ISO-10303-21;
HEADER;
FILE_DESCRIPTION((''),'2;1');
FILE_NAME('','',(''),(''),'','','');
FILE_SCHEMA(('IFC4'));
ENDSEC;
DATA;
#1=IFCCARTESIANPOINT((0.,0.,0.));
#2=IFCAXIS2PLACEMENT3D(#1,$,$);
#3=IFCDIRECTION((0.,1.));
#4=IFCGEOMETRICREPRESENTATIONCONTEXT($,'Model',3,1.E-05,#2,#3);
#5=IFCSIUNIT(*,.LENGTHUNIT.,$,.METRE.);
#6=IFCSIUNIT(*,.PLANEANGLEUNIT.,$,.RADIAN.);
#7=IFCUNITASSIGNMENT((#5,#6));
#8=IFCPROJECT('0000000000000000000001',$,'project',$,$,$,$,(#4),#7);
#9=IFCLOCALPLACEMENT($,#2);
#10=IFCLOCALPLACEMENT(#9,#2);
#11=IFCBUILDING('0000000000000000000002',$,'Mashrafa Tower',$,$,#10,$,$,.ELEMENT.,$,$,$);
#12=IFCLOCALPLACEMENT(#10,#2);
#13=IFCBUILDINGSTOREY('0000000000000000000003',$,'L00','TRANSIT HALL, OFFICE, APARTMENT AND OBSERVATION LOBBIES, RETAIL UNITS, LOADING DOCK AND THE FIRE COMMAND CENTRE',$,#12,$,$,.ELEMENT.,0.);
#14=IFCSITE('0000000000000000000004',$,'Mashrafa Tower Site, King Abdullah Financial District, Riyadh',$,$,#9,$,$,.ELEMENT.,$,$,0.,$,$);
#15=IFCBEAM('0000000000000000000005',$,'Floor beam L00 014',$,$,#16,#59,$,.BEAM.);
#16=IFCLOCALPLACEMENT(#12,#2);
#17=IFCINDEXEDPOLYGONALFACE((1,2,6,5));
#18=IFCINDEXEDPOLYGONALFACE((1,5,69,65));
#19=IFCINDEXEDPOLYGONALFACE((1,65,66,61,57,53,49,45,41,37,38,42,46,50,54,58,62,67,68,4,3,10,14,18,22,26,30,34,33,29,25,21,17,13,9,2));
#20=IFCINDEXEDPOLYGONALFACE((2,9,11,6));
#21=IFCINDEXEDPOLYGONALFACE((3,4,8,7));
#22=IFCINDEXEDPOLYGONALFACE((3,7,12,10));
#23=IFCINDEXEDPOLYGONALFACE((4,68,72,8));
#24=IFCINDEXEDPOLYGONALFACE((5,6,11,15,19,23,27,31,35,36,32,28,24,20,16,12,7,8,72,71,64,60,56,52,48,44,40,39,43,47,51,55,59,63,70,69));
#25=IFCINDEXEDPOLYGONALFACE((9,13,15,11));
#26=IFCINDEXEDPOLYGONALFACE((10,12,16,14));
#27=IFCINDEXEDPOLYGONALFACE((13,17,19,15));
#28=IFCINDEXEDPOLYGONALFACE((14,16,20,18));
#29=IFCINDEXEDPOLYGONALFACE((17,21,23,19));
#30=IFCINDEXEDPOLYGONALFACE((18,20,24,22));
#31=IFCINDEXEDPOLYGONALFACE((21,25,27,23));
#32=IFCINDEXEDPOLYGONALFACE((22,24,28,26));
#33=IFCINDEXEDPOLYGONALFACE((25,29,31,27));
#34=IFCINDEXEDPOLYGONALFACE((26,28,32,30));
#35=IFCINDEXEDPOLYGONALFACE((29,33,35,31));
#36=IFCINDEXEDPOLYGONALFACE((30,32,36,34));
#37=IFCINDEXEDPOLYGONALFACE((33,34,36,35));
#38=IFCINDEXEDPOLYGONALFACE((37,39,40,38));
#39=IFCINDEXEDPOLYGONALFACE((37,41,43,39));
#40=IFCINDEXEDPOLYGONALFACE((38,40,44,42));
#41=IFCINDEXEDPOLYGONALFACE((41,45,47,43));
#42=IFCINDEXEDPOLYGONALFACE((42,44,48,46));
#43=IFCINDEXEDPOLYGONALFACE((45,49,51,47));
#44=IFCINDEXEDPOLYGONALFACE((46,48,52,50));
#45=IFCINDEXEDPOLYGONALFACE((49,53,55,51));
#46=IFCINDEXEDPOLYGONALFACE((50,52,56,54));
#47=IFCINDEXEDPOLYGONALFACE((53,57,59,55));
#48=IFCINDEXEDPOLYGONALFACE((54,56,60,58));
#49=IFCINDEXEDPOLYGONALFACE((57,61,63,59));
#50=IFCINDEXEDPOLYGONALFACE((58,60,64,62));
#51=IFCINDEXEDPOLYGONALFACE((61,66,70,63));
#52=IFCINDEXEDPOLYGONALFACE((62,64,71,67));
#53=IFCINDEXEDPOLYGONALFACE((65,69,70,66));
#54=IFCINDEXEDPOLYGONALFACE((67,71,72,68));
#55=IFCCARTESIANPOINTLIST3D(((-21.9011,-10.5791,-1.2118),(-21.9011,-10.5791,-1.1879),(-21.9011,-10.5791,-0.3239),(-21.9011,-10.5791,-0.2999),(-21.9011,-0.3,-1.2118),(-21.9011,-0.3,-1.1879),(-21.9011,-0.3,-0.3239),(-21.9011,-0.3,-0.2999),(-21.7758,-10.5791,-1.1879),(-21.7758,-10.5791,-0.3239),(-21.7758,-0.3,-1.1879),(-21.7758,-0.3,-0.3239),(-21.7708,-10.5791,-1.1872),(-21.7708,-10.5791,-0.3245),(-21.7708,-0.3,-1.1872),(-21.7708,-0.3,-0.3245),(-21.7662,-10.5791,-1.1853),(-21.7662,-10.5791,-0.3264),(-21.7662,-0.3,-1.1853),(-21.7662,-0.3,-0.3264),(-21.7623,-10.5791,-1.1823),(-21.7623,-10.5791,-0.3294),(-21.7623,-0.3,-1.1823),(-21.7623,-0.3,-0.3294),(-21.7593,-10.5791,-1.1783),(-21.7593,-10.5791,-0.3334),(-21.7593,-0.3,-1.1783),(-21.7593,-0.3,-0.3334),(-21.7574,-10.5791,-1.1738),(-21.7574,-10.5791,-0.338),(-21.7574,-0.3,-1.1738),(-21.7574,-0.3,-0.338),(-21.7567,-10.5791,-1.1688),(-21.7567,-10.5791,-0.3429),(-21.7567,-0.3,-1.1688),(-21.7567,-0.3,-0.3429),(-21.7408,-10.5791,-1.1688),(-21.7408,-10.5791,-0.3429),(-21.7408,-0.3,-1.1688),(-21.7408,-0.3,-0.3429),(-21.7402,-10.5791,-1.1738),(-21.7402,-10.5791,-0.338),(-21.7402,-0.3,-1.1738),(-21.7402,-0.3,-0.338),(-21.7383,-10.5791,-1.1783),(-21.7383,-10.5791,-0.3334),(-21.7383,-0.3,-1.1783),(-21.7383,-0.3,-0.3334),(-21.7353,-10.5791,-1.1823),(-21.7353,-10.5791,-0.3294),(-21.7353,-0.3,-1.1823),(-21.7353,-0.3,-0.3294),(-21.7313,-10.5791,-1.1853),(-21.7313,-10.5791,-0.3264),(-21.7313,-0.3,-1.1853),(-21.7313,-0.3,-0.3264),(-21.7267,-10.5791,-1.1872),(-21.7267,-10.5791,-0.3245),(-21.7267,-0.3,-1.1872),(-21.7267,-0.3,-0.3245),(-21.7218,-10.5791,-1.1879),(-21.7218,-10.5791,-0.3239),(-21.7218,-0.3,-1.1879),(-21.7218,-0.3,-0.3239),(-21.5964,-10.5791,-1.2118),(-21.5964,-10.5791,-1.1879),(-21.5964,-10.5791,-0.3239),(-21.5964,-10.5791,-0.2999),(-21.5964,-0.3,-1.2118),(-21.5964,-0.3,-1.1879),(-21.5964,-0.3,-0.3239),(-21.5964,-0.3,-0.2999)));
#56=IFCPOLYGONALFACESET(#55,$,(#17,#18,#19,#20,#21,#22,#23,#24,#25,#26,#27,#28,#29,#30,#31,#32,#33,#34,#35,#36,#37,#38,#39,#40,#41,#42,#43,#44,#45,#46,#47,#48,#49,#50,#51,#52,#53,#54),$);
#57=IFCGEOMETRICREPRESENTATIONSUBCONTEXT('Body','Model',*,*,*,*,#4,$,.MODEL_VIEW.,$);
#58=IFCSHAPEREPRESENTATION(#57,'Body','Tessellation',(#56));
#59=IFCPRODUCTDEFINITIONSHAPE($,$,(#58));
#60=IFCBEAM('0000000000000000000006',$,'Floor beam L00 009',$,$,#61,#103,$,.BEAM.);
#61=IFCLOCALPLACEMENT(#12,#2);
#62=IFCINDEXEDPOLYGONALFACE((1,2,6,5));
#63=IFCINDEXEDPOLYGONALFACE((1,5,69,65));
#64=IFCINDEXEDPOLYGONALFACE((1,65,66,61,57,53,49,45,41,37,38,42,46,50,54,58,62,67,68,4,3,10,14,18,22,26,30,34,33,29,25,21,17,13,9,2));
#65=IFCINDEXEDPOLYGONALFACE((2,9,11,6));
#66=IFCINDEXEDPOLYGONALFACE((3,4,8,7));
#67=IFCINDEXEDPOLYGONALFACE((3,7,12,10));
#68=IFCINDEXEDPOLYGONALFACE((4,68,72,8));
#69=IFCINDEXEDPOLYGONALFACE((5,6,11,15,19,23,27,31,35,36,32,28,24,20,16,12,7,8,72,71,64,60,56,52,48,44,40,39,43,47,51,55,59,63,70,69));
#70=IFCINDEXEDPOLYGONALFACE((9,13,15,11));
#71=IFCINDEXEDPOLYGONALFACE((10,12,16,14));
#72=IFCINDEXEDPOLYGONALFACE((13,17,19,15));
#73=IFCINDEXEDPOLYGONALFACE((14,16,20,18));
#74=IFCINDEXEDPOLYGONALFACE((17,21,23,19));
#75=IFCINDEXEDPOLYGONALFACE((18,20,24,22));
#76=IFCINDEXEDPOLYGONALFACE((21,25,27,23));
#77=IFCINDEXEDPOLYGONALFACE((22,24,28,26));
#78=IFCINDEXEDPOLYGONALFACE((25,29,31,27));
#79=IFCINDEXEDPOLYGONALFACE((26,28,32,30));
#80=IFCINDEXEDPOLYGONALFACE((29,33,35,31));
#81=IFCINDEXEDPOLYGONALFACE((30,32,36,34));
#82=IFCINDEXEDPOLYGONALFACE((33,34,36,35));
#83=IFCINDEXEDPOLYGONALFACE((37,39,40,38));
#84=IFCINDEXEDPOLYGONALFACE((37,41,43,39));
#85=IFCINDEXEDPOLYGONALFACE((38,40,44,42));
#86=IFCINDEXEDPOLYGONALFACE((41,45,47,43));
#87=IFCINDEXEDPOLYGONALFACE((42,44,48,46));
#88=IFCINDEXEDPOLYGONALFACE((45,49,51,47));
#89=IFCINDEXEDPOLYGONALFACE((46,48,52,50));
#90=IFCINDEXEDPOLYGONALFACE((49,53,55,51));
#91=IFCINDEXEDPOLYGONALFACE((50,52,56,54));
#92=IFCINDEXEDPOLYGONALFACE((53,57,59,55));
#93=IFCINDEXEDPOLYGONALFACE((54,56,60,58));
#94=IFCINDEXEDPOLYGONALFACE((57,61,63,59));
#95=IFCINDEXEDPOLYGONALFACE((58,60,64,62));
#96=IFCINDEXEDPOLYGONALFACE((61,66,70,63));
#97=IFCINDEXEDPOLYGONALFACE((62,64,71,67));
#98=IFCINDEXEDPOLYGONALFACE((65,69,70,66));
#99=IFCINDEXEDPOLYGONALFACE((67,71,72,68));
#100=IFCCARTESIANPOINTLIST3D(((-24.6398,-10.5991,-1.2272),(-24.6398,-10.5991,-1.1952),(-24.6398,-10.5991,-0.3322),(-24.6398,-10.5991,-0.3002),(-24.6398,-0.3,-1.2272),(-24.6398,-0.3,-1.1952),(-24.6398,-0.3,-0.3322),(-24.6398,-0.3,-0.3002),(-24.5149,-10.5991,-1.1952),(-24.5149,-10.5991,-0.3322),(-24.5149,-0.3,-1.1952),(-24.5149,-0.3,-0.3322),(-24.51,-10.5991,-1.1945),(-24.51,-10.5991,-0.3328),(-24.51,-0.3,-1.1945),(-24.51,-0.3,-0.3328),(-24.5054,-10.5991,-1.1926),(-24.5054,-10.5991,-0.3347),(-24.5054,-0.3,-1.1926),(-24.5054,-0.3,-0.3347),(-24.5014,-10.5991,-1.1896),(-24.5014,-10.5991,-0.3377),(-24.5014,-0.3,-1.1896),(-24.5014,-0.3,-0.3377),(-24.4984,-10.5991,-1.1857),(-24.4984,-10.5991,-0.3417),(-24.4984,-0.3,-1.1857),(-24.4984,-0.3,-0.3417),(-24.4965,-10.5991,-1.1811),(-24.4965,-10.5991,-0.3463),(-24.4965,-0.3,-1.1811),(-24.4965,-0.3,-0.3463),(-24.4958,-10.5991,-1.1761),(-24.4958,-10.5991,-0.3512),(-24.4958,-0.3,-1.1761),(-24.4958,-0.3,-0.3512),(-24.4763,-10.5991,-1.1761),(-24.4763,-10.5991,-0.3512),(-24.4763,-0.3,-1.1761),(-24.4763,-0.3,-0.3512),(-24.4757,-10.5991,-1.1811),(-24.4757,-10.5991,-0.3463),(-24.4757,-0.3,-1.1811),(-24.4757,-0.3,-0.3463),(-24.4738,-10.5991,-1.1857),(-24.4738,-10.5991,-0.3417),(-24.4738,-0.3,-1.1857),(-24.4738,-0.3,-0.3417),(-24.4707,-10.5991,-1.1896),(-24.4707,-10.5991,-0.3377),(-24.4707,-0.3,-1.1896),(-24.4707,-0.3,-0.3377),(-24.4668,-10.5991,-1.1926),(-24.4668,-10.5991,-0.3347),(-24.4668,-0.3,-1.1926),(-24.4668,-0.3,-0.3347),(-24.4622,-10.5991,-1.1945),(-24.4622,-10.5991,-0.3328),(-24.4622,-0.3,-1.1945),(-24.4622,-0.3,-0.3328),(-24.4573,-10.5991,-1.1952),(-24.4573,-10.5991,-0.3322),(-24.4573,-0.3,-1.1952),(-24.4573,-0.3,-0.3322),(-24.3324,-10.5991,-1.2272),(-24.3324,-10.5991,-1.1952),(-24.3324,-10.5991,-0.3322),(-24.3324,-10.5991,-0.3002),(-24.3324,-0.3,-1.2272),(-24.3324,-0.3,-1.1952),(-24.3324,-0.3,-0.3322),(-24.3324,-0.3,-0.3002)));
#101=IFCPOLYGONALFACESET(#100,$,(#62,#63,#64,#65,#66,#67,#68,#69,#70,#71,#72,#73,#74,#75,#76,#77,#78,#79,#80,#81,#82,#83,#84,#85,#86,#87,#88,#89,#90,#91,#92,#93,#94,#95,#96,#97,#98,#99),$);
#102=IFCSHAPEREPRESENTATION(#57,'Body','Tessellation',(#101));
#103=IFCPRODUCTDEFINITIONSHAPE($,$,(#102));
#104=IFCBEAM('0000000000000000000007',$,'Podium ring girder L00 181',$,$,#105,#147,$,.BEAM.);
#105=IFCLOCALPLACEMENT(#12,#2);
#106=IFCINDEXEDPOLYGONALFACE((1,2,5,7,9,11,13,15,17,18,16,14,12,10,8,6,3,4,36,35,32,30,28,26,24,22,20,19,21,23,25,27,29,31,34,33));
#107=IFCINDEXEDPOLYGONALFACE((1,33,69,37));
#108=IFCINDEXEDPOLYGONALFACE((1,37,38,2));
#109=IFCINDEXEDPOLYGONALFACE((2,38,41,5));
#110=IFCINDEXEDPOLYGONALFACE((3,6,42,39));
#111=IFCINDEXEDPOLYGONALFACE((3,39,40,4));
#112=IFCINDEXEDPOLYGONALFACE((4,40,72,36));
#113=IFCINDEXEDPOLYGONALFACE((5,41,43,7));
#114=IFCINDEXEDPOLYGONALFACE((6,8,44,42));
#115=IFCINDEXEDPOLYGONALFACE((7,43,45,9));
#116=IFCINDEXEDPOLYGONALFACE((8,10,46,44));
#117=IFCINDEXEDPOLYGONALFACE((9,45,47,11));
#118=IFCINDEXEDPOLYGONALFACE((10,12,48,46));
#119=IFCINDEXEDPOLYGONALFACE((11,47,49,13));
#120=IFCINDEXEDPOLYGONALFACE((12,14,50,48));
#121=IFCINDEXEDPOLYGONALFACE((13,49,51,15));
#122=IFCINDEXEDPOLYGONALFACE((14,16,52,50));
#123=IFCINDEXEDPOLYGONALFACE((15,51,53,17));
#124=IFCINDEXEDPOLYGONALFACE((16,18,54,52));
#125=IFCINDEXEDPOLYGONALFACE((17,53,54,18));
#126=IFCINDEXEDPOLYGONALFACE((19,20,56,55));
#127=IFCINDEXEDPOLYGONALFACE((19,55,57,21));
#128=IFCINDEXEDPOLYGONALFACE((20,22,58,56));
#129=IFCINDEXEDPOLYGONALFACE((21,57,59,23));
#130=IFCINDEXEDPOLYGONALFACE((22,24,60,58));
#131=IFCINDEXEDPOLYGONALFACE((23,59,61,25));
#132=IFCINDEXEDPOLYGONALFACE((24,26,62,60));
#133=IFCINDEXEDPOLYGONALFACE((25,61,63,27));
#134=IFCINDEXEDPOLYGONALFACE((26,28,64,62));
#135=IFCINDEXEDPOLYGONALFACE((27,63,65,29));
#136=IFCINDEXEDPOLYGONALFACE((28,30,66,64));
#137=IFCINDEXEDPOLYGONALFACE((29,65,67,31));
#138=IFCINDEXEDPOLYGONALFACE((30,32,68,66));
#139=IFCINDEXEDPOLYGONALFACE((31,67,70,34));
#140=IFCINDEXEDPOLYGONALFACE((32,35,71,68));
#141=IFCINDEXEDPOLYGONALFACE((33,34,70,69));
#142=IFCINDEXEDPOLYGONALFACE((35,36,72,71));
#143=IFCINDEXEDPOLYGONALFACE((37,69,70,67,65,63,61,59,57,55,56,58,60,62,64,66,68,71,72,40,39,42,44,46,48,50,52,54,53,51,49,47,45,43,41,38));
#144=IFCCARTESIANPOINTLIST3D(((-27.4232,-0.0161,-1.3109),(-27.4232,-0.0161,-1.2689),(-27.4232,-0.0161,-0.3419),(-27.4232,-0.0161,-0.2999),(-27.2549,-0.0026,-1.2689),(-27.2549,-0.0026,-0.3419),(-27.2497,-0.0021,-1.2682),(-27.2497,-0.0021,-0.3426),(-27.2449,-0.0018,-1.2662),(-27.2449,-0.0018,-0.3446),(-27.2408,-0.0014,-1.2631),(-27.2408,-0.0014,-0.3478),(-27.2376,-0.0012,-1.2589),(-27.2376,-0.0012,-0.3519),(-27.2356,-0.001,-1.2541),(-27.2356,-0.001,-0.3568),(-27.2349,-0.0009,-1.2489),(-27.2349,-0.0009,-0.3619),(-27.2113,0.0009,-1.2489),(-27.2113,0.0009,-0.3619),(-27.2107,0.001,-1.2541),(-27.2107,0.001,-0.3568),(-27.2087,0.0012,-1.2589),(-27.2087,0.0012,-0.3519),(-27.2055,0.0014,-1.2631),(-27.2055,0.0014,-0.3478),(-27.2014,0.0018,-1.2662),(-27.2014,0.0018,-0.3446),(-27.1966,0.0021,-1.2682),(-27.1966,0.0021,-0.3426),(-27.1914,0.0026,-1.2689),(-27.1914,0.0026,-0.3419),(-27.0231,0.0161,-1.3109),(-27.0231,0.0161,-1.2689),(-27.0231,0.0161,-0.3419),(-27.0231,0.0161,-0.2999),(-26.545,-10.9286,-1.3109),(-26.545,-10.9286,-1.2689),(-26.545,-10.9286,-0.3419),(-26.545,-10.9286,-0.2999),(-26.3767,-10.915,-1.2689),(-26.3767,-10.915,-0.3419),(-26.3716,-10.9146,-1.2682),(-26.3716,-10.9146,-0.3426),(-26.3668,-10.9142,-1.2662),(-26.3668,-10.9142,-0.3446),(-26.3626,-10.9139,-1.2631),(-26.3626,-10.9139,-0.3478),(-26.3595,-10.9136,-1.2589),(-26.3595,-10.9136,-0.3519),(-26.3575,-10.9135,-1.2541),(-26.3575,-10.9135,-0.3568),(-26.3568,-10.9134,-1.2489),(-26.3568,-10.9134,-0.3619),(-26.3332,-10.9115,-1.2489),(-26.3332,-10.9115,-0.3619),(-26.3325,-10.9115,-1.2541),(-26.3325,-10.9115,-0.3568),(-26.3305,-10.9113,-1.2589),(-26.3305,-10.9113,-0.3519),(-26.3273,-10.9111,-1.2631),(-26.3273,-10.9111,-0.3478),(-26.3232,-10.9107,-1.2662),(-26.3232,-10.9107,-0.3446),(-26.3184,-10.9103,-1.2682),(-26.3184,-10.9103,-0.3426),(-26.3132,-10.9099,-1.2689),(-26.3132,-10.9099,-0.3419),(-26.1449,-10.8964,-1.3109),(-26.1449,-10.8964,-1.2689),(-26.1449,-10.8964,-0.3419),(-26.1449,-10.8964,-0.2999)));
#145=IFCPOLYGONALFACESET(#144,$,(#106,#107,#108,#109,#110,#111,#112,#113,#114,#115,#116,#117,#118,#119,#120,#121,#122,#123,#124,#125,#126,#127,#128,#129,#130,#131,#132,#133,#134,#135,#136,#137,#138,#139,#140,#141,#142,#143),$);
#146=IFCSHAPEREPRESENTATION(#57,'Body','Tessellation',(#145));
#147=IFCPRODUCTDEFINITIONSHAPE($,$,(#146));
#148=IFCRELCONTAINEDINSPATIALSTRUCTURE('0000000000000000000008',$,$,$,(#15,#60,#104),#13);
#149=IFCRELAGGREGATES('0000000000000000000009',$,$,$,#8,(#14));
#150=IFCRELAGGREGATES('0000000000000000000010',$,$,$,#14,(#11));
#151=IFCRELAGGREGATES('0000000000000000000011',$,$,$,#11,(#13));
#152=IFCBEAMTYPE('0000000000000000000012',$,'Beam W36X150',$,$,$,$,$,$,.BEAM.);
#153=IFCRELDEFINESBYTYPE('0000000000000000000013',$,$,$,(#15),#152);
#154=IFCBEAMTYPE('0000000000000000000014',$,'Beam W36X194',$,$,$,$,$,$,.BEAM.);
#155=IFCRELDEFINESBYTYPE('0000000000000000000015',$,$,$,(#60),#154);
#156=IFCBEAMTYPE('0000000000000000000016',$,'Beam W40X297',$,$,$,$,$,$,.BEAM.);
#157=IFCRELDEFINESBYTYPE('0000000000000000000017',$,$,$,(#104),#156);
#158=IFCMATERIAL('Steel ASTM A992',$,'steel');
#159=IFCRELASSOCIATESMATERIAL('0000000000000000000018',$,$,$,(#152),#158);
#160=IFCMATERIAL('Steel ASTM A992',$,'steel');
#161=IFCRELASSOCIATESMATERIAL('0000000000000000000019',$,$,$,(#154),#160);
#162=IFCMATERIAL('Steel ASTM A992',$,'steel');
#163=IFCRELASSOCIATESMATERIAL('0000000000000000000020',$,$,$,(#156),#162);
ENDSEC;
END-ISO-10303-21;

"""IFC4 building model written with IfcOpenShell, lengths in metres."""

from ifc_helpers import new_model, si_unit, direction, frame, origin, origin_2d, place, context, subcontext, project, spatial, i_section, extrude, material, material_profile, profile_set, type_object, element, save


model = new_model("IFC4")

# Units and contexts
model_context = context("Model", 3, precision=1e-05, world=origin(), true_north=direction((0.0, 1.0)))
body_context = subcontext(model_context, "Body", "Model", "MODEL_VIEW")
ifc_project = project(units=[si_unit("LENGTHUNIT", "METRE"), si_unit("PLANEANGLEUNIT", "RADIAN")], contexts=[model_context])

# Site, building, storey
site_placement = place(None, origin())
site = spatial("IfcSite", under=ifc_project, at=site_placement, Name="Mashrafa Tower Site, King Abdullah Financial District, Riyadh", CompositionType="ELEMENT", RefElevation=0.0)
building_placement = place(site_placement, origin())
building = spatial("IfcBuilding", under=site, at=building_placement, Name="Mashrafa Tower", CompositionType="ELEMENT")
storey_placement = place(building_placement, origin())
storey = spatial("IfcBuildingStorey", under=building, at=storey_placement, Name="L00", Description="TRANSIT HALL, OFFICE, APARTMENT AND OBSERVATION LOBBIES, RETAIL UNITS, LOADING DOCK AND THE FIRE COMMAND CENTRE", CompositionType="ELEMENT", Elevation=0.0)

# Beams
ifc_material_1 = material(Name="Steel ASTM A992", Category="steel")
ifc_material_profile_1 = material_profile(ifc_material_1, i_section(OverallWidth=0.3047, OverallDepth=0.9119, WebThickness=0.0159, FlangeThickness=0.0239, FilletRadius=0.019, at=origin_2d()), Name="W36X150")
ifc_profile_set_1 = profile_set([ifc_material_profile_1], Name="Steel ASTM A992")
beam_type_1 = type_object("IfcBeamType", Name="Beam W36X150", PredefinedType="BEAM", material=ifc_profile_set_1)
beam_1_placement = place(storey_placement, frame((-21.7488, -10.5791, -0.7559), z_axis=(0.0, 1.0, 0.0), x_axis=(-1.0, 0.0, 0.0)))
element("IfcBeam", 1, at=beam_1_placement, inside=storey, type_object=beam_type_1, Name="Floor beam L00 014", PredefinedType="BEAM", context=body_context, shape_type="SweptSolid", body=[
    extrude(i_section(OverallWidth=0.3047, OverallDepth=0.9119, WebThickness=0.0159, FlangeThickness=0.0239, FilletRadius=0.019, at=origin_2d()), origin(), (0.0, 0.0, 1.0), 10.2791),
])
ifc_material_2 = material(Name="Steel ASTM A992", Category="steel")
ifc_material_profile_2 = material_profile(ifc_material_2, i_section(OverallWidth=0.3074, OverallDepth=0.927, WebThickness=0.0195, FlangeThickness=0.032, FilletRadius=0.019, at=origin_2d()), Name="W36X194")
ifc_profile_set_2 = profile_set([ifc_material_profile_2], Name="Steel ASTM A992")
beam_type_2 = type_object("IfcBeamType", Name="Beam W36X194", PredefinedType="BEAM", material=ifc_profile_set_2)
beam_2_placement = place(storey_placement, frame((-24.4861, -10.5991, -0.7637), z_axis=(0.0, 1.0, 0.0), x_axis=(-1.0, 0.0, 0.0)))
element("IfcBeam", 2, at=beam_2_placement, inside=storey, type_object=beam_type_2, Name="Floor beam L00 009", PredefinedType="BEAM", context=body_context, shape_type="SweptSolid", body=[
    extrude(i_section(OverallWidth=0.3074, OverallDepth=0.927, WebThickness=0.0195, FlangeThickness=0.032, FilletRadius=0.019, at=origin_2d()), origin(), (0.0, 0.0, 1.0), 10.2991),
])
ifc_material_3 = material(Name="Steel ASTM A992", Category="steel")
ifc_material_profile_3 = material_profile(ifc_material_3, i_section(OverallWidth=0.4014, OverallDepth=1.011, WebThickness=0.0237, FlangeThickness=0.042, FilletRadius=0.02, at=origin_2d()), Name="W40X297")
ifc_profile_set_3 = profile_set([ifc_material_profile_3], Name="Steel ASTM A992")
beam_type_3 = type_object("IfcBeamType", Name="Beam W40X297", PredefinedType="BEAM", material=ifc_profile_set_3)
beam_3_placement = place(storey_placement, frame((-27.2231, 0.0, -0.8054), z_axis=(0.080214, -0.996778, 0.0), x_axis=(0.996778, 0.080214, 0.0)))
element("IfcBeam", 3, at=beam_3_placement, inside=storey, type_object=beam_type_3, Name="Podium ring girder L00 181", PredefinedType="BEAM", context=body_context, shape_type="SweptSolid", body=[
    extrude(i_section(OverallWidth=0.4014, OverallDepth=1.011, WebThickness=0.0237, FlangeThickness=0.042, FilletRadius=0.02, at=origin_2d()), origin(), (0.0, 0.0, 1.0), 10.9478),
])

save(model, "model.ifc")
